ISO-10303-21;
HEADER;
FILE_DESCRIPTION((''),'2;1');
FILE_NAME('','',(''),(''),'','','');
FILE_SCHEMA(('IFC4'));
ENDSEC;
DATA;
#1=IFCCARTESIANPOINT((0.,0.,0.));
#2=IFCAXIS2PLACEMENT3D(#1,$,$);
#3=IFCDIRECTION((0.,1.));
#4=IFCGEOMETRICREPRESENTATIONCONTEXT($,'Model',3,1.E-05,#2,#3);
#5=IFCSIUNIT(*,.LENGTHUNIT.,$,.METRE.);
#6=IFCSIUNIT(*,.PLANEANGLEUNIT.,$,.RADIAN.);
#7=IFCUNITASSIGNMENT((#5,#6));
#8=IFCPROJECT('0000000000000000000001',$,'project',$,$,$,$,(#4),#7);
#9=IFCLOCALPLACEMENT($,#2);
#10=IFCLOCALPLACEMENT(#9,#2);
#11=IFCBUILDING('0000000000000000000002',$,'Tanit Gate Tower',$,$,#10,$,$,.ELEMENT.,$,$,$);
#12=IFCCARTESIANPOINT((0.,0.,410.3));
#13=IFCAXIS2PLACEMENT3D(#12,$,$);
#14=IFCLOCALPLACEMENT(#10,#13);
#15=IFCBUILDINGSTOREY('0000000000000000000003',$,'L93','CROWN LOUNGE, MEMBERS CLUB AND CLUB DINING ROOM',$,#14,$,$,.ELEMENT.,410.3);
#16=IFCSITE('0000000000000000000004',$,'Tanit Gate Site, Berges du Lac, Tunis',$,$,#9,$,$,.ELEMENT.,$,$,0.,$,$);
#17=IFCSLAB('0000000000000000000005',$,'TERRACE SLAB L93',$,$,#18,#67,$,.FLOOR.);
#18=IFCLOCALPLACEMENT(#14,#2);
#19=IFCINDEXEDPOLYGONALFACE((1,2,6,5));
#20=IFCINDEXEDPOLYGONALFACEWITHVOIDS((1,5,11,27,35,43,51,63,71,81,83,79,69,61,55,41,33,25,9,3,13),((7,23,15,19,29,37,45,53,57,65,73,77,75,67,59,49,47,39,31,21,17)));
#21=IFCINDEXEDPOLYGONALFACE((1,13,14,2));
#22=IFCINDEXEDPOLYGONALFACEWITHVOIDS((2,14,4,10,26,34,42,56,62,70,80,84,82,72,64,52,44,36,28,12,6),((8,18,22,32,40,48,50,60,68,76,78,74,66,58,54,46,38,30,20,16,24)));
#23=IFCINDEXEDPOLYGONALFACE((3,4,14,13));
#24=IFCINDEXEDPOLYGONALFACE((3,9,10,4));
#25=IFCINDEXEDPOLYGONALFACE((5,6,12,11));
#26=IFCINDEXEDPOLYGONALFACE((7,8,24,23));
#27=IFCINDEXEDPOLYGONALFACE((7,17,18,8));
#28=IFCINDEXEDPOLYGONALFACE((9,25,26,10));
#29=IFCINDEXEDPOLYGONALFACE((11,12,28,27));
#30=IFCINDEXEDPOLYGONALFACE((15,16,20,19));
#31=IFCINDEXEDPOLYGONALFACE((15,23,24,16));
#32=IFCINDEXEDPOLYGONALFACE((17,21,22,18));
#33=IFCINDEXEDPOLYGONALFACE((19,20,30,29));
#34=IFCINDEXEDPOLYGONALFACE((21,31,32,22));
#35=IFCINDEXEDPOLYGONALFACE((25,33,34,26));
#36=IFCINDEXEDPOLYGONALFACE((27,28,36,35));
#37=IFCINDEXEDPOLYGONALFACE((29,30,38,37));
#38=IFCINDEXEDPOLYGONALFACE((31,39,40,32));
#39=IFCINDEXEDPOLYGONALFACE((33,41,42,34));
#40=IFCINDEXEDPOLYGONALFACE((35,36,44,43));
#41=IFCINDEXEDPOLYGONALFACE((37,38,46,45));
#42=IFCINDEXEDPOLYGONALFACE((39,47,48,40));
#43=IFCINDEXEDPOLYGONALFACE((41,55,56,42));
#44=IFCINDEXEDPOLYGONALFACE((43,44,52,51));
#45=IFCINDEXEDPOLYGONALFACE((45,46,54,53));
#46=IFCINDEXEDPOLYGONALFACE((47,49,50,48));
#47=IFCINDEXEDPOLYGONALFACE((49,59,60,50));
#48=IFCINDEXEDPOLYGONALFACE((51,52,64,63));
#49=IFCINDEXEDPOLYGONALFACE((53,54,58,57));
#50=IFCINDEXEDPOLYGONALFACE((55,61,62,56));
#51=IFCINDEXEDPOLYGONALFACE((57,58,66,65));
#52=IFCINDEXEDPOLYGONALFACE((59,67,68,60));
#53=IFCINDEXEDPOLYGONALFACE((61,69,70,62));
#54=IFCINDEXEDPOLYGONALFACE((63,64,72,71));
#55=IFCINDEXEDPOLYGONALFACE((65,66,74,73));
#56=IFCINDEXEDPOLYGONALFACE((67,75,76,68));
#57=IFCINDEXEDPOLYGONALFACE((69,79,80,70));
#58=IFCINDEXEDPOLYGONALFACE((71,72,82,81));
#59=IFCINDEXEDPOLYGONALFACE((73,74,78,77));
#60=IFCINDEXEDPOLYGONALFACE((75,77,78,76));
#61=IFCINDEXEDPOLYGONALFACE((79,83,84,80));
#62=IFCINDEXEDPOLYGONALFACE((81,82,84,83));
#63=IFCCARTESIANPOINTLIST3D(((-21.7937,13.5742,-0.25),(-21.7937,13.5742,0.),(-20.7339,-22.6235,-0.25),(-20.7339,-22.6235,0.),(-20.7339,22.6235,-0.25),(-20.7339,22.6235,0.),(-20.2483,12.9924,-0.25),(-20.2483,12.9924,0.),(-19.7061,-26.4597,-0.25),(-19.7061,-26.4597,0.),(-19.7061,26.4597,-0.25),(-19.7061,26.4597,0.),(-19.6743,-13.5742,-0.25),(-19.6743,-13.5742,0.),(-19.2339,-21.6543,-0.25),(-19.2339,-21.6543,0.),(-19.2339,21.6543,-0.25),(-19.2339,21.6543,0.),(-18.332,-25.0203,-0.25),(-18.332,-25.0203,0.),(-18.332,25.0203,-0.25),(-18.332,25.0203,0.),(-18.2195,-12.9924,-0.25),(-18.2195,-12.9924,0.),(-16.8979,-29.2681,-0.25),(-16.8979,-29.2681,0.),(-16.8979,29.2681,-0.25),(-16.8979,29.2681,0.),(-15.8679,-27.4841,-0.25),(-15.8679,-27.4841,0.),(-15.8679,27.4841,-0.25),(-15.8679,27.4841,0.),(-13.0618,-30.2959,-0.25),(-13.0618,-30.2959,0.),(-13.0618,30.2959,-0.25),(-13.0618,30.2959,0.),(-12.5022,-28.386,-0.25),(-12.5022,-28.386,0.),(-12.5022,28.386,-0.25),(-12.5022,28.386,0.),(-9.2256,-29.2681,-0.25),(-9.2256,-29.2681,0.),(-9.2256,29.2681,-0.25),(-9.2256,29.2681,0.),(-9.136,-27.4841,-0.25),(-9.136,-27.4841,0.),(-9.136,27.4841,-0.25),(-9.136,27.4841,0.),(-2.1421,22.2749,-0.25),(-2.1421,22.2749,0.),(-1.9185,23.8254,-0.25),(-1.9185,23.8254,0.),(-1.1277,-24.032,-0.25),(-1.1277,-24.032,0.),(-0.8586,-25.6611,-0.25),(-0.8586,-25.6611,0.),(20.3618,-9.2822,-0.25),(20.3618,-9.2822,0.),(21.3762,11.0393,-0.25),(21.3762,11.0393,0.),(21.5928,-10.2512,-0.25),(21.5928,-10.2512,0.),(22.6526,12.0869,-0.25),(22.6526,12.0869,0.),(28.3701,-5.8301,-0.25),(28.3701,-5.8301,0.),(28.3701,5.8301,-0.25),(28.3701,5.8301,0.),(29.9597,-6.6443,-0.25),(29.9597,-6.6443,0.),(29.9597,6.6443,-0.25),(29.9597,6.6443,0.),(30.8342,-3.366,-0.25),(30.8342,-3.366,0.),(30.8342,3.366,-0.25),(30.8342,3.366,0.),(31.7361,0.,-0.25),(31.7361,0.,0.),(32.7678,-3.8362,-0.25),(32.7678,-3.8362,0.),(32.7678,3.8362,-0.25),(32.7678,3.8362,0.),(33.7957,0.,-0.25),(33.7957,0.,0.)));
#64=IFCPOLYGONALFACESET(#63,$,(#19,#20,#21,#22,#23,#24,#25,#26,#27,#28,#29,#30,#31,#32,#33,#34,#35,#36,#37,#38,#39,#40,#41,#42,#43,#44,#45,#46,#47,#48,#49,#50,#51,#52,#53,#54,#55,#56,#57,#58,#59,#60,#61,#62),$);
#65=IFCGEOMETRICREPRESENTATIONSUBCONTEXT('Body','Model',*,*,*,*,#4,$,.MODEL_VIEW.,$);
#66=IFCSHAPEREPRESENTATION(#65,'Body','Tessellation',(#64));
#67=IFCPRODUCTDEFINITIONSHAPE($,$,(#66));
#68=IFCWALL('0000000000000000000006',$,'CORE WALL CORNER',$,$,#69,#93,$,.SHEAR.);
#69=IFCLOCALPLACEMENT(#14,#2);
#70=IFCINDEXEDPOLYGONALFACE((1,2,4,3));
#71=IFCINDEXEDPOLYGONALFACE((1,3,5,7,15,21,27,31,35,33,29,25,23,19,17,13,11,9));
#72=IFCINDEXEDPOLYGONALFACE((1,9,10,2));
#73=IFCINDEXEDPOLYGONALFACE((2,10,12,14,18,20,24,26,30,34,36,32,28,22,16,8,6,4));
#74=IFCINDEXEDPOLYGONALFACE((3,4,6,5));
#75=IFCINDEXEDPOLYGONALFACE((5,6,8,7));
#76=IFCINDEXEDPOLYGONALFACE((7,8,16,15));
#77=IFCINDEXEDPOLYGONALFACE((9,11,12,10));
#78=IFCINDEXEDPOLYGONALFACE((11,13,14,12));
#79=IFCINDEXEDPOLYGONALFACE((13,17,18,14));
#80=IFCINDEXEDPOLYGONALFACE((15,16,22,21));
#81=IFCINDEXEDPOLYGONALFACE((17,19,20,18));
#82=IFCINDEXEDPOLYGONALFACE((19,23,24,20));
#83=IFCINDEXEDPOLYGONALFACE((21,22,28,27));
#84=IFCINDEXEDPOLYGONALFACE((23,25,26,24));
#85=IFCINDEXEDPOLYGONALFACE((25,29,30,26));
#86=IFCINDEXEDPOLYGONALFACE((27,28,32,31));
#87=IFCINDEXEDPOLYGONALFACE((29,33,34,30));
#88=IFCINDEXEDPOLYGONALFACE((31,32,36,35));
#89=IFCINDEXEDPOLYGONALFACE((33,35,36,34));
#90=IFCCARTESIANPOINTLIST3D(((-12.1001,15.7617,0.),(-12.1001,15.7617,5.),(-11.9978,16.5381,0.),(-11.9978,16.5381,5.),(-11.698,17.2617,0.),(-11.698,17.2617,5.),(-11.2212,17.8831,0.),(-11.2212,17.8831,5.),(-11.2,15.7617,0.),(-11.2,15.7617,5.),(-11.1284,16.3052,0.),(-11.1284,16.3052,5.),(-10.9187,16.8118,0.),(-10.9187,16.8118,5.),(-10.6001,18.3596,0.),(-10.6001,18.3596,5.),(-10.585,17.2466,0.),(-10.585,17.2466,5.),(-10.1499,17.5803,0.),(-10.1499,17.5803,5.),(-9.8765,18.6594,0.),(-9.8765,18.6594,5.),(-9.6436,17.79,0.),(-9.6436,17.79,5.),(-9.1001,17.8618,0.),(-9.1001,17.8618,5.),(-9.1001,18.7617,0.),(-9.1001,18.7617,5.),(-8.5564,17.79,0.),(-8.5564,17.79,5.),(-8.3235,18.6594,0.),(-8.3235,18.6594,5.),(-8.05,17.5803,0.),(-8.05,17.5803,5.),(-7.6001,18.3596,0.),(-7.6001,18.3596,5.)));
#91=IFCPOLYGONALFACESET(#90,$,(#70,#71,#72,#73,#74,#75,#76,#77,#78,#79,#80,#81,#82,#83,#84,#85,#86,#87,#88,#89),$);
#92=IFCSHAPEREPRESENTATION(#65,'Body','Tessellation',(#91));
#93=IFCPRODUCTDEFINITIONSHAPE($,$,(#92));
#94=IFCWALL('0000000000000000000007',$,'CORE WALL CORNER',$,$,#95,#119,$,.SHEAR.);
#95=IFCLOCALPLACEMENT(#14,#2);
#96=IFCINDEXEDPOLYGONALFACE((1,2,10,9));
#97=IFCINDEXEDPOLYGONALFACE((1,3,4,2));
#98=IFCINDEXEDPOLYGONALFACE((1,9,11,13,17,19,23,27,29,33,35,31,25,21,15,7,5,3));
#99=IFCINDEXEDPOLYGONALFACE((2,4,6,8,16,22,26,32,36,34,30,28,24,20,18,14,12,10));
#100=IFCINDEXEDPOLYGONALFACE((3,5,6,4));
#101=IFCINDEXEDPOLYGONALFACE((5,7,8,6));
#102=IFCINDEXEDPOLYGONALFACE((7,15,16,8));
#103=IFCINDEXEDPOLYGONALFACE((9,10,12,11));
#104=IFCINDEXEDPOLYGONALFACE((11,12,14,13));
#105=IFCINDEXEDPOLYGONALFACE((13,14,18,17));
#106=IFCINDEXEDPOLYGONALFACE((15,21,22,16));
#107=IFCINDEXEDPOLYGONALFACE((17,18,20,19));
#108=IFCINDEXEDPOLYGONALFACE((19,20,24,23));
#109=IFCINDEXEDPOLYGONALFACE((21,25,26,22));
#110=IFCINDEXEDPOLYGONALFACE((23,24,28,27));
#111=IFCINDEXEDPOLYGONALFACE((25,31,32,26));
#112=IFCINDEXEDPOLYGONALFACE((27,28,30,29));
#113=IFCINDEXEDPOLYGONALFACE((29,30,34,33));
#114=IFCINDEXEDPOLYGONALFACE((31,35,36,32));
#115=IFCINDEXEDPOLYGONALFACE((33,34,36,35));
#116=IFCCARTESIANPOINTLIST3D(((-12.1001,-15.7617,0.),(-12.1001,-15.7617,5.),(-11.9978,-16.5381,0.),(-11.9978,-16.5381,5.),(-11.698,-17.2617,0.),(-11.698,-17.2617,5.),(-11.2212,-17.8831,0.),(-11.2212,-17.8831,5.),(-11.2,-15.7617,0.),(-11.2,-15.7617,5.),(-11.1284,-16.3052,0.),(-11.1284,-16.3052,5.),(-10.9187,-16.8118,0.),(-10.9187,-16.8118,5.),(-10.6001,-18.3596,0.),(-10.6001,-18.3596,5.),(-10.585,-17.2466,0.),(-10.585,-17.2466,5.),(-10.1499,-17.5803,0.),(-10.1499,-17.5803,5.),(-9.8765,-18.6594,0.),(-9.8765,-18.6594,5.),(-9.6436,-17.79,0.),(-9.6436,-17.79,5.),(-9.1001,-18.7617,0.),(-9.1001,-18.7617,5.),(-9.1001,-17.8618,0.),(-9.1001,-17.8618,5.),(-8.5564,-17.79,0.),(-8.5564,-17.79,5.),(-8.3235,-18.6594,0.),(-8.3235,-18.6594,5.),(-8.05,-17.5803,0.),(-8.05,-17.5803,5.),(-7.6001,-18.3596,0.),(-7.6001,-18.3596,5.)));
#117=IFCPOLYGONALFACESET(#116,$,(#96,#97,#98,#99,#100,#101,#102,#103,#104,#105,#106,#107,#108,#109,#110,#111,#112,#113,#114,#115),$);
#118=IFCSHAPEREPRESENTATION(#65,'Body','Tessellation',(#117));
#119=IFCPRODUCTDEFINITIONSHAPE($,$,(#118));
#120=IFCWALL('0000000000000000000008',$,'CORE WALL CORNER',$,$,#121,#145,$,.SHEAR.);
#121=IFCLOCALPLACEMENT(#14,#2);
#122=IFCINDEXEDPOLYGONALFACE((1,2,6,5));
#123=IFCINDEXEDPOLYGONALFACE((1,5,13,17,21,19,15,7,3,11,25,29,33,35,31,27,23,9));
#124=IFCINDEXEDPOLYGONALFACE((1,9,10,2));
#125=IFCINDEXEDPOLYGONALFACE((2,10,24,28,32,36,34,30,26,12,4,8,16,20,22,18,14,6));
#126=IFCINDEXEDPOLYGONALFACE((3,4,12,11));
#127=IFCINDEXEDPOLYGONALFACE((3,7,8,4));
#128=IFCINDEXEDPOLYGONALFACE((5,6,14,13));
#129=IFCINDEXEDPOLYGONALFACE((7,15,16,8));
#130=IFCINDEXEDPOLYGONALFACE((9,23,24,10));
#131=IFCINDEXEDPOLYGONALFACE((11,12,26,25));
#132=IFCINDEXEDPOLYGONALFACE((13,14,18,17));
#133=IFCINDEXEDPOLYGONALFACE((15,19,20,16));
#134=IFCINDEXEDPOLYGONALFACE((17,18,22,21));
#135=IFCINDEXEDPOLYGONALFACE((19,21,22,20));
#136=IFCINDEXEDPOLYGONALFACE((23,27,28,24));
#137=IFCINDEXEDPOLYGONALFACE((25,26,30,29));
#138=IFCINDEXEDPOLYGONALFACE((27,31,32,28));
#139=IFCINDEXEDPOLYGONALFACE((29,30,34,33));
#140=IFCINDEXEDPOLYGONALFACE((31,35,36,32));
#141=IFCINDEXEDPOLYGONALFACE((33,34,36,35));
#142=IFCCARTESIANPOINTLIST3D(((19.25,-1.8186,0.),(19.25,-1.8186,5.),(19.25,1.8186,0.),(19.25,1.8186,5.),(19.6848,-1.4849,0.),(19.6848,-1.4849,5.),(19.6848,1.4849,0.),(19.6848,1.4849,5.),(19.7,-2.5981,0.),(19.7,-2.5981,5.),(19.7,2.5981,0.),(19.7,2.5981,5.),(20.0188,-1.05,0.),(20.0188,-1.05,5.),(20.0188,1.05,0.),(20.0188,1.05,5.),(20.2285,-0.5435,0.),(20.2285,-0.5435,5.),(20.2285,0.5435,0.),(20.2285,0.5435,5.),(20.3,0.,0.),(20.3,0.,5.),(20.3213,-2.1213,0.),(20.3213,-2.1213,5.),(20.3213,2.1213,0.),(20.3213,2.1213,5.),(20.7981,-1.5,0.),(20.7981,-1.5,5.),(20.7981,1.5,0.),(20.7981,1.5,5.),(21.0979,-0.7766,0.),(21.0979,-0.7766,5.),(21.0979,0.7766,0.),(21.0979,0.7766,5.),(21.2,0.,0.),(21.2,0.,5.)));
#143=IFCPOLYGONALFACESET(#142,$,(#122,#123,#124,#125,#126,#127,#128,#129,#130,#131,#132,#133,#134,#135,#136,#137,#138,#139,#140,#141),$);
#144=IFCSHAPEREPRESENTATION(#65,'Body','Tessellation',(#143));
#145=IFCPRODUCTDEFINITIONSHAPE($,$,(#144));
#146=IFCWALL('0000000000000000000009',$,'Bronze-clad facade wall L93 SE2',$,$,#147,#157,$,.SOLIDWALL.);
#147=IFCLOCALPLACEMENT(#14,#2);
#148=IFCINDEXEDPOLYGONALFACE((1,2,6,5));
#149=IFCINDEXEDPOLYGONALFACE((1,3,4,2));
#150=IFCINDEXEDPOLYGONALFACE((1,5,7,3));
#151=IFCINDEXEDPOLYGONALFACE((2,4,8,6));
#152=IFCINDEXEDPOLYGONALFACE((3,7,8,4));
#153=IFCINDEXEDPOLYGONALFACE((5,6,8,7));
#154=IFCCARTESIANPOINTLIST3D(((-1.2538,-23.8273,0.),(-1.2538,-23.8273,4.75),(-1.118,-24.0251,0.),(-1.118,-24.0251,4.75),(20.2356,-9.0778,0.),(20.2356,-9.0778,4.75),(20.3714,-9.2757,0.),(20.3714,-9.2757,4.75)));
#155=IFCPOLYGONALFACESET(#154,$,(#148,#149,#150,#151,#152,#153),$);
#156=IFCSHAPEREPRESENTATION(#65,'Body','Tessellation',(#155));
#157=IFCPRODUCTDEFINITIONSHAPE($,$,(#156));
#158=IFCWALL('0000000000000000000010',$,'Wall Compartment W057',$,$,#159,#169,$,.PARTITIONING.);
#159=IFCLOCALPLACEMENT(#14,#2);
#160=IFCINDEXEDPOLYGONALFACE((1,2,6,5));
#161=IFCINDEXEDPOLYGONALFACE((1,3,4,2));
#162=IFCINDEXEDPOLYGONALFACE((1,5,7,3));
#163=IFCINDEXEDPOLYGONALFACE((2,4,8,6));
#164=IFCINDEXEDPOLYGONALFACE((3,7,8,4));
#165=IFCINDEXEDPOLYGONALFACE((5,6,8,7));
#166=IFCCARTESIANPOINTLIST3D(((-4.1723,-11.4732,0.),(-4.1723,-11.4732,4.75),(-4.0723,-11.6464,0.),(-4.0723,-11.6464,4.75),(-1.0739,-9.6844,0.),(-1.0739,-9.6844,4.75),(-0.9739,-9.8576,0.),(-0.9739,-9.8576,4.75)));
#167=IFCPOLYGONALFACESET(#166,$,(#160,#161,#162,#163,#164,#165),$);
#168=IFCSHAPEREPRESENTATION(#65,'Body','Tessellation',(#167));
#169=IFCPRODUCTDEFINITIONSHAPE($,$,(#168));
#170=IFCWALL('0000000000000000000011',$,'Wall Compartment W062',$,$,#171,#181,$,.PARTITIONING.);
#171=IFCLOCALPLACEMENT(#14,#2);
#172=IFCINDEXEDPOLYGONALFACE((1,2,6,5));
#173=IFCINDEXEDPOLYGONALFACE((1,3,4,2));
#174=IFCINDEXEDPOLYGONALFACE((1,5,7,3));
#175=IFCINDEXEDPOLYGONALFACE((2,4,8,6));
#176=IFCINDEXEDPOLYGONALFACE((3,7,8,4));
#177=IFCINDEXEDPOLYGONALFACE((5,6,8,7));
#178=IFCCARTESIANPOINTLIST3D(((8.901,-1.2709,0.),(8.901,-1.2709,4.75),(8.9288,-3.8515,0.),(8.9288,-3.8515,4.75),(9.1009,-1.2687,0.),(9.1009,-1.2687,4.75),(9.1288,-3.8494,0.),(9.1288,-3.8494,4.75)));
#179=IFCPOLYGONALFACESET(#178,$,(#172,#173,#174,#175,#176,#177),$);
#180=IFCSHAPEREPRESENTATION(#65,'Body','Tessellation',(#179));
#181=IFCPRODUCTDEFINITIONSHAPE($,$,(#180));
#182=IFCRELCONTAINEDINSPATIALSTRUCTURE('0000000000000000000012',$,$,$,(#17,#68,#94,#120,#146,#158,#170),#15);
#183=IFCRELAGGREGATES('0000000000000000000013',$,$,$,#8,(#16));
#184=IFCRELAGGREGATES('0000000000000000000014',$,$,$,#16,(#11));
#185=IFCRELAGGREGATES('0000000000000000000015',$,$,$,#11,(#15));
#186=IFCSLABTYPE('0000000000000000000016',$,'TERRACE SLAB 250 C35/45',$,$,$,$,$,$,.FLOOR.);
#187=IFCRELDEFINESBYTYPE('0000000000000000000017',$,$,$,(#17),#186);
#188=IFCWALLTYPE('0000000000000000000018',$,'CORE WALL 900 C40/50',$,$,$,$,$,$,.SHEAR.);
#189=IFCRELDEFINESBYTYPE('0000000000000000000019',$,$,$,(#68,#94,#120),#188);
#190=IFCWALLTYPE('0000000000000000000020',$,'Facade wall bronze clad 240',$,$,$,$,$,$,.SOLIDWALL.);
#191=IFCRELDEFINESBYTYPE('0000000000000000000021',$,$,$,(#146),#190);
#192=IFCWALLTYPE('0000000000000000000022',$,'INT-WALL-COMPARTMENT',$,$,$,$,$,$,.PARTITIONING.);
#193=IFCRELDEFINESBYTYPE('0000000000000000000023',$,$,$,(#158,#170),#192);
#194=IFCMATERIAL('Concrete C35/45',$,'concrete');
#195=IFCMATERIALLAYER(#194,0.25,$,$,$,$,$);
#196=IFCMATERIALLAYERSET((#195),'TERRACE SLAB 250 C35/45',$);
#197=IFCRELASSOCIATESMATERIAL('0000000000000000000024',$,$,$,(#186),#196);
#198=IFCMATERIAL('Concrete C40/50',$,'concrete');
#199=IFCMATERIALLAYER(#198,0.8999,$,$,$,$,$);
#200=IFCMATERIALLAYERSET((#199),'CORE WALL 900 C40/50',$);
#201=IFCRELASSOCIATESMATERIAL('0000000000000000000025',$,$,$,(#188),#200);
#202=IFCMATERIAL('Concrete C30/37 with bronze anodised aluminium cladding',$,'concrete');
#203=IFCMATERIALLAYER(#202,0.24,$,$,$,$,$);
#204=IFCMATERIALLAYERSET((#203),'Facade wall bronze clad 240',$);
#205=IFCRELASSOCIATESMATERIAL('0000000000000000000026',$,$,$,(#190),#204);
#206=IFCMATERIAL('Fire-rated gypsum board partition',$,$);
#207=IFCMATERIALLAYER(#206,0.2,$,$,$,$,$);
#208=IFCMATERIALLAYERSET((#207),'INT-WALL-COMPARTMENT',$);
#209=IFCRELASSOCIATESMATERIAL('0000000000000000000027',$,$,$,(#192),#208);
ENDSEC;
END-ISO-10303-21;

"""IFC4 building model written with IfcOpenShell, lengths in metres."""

from ifc_helpers import new_model, si_unit, direction, frame, frame_2d, origin, place, context, subcontext, project, spatial, polyline, rectangle, outline, extrude, material, layer, layer_set, type_object, element, save


model = new_model("IFC4")

# Units and contexts
model_context = context("Model", 3, precision=1e-05, world=origin(), true_north=direction((0.0, 1.0)))
body_context = subcontext(model_context, "Body", "Model", "MODEL_VIEW")
ifc_project = project(units=[si_unit("LENGTHUNIT", "METRE"), si_unit("PLANEANGLEUNIT", "RADIAN")], contexts=[model_context])

# Site, building, storey
site_placement = place(None, origin())
site = spatial("IfcSite", under=ifc_project, at=site_placement, Name="Tanit Gate Site, Berges du Lac, Tunis", CompositionType="ELEMENT", RefElevation=0.0)
building_placement = place(site_placement, origin())
building = spatial("IfcBuilding", under=site, at=building_placement, Name="Tanit Gate Tower", CompositionType="ELEMENT")
storey_placement = place(building_placement, frame((0.0, 0.0, 410.3)))
storey = spatial("IfcBuildingStorey", under=building, at=storey_placement, Name="L93", Description="CROWN LOUNGE, MEMBERS CLUB AND CLUB DINING ROOM", CompositionType="ELEMENT", Elevation=410.3)

# Slab
ifc_material_1 = material(Name="Concrete C35/45", Category="concrete")
ifc_layer_1 = layer(ifc_material_1, 0.25)
ifc_layer_set_1 = layer_set([ifc_layer_1], Name="TERRACE SLAB 250 C35/45")
slab_type_1 = type_object("IfcSlabType", Name="TERRACE SLAB 250 C35/45", PredefinedType="FLOOR", material=ifc_layer_set_1)
slab_1_placement = place(storey_placement, frame((0.0, 0.0, -0.25)))
element("IfcSlab", 1, at=slab_1_placement, inside=storey, type_object=slab_type_1, Name="TERRACE SLAB L93", PredefinedType="FLOOR", context=body_context, shape_type="SweptSolid", body=[
    extrude(outline(polyline([(32.7678, 3.8362), (33.7957, 0.0), (32.7678, -3.8362), (29.9597, -6.6443), (21.5928, -10.2512), (-0.8586, -25.6611), (-9.2256, -29.2681), (-13.0618, -30.2959), (-16.8979, -29.2681), (-19.7061, -26.4597), (-20.7339, -22.6235), (-19.6743, -13.5742), (-21.7937, 13.5742), (-20.7339, 22.6235), (-19.7061, 26.4597), (-16.8979, 29.2681), (-13.0618, 30.2959), (-9.2256, 29.2681), (-1.9185, 23.8254), (22.6526, 12.0869), (29.9597, 6.6443), (32.7678, 3.8362)]), holes=[polyline([(21.3762, 11.0393), (-2.1421, 22.2749), (-9.136, 27.4841), (-12.5022, 28.386), (-15.8679, 27.4841), (-18.332, 25.0203), (-19.2339, 21.6543), (-20.2483, 12.9924), (-18.2195, -12.9924), (-19.2339, -21.6543), (-18.332, -25.0203), (-15.8679, -27.4841), (-12.5022, -28.386), (-9.136, -27.4841), (-1.1277, -24.032), (20.3618, -9.2822), (28.3701, -5.8301), (30.8342, -3.366), (31.7361, 0.0), (30.8342, 3.366), (28.3701, 5.8301), (21.3762, 11.0393)])]), origin(), (0.0, 0.0, 1.0), 0.25),
])

# Walls
ifc_material_2 = material(Name="Concrete C40/50", Category="concrete")
ifc_layer_2 = layer(ifc_material_2, 0.8999)
ifc_layer_set_2 = layer_set([ifc_layer_2], Name="CORE WALL 900 C40/50")
wall_type_1 = type_object("IfcWallType", Name="CORE WALL 900 C40/50", PredefinedType="SHEAR", material=ifc_layer_set_2)
wall_1_placement = place(storey_placement, origin())
element("IfcWall", 2, at=wall_1_placement, inside=storey, type_object=wall_type_1, Name="CORE WALL CORNER", PredefinedType="SHEAR", context=body_context, shape_type="SweptSolid", body=[
    extrude(outline(polyline([(-7.6001, 18.3596), (-8.3235, 18.6594), (-9.1001, 18.7617), (-9.8765, 18.6594), (-10.6001, 18.3596), (-11.2212, 17.8831), (-11.698, 17.2617), (-11.9978, 16.5381), (-12.1001, 15.7617), (-11.2, 15.7617), (-11.1284, 16.3052), (-10.9187, 16.8118), (-10.585, 17.2466), (-10.1499, 17.5803), (-9.6436, 17.79), (-9.1001, 17.8618), (-8.5564, 17.79), (-8.05, 17.5803), (-7.6001, 18.3596)])), origin(), (0.0, 0.0, 1.0), 5.0),
])
wall_2_placement = place(storey_placement, origin())
element("IfcWall", 3, at=wall_2_placement, inside=storey, type_object=wall_type_1, Name="CORE WALL CORNER", PredefinedType="SHEAR", context=body_context, shape_type="SweptSolid", body=[
    extrude(outline(polyline([(-12.1001, -15.7617), (-11.9978, -16.5381), (-11.698, -17.2617), (-11.2212, -17.8831), (-10.6001, -18.3596), (-9.8765, -18.6594), (-9.1001, -18.7617), (-8.3235, -18.6594), (-7.6001, -18.3596), (-8.05, -17.5803), (-8.5564, -17.79), (-9.1001, -17.8618), (-9.6436, -17.79), (-10.1499, -17.5803), (-10.585, -17.2466), (-10.9187, -16.8118), (-11.1284, -16.3052), (-11.2, -15.7617), (-12.1001, -15.7617)])), origin(), (0.0, 0.0, 1.0), 5.0),
])
wall_3_placement = place(storey_placement, origin())
element("IfcWall", 4, at=wall_3_placement, inside=storey, type_object=wall_type_1, Name="CORE WALL CORNER", PredefinedType="SHEAR", context=body_context, shape_type="SweptSolid", body=[
    extrude(outline(polyline([(19.7, -2.5981), (20.3213, -2.1213), (20.7981, -1.5), (21.0979, -0.7766), (21.2, 0.0), (21.0979, 0.7766), (20.7981, 1.5), (20.3213, 2.1213), (19.7, 2.5981), (19.25, 1.8186), (19.6848, 1.4849), (20.0188, 1.05), (20.2285, 0.5435), (20.3, 0.0), (20.2285, -0.5435), (20.0188, -1.05), (19.6848, -1.4849), (19.25, -1.8186), (19.7, -2.5981)])), origin(), (0.0, 0.0, 1.0), 5.0),
])
ifc_material_3 = material(Name="Concrete C30/37 with bronze anodised aluminium cladding", Category="concrete")
ifc_layer_3 = layer(ifc_material_3, 0.24)
ifc_layer_set_3 = layer_set([ifc_layer_3], Name="Facade wall bronze clad 240")
wall_type_2 = type_object("IfcWallType", Name="Facade wall bronze clad 240", PredefinedType="SOLIDWALL", material=ifc_layer_set_3)
wall_4_placement = place(storey_placement, frame((-1.186, -23.9263, 0.0), z_axis=(0.0, 0.0, 1.0), x_axis=(0.824481, 0.56589, 0.0)))
element("IfcWall", 5, at=wall_4_placement, inside=storey, type_object=wall_type_2, Name="Bronze-clad facade wall L93 SE2", PredefinedType="SOLIDWALL", context=body_context, shape_type="SweptSolid", body=[
    extrude(rectangle(XDim=26.0642, YDim=0.24, at=frame_2d((13.0322, 0.0))), origin(), (0.0, 0.0, 1.0), 4.75),
])
ifc_material_4 = material(Name="Fire-rated gypsum board partition")
ifc_layer_4 = layer(ifc_material_4, 0.2)
ifc_layer_set_4 = layer_set([ifc_layer_4], Name="INT-WALL-COMPARTMENT")
wall_type_3 = type_object("IfcWallType", Name="INT-WALL-COMPARTMENT", PredefinedType="PARTITIONING", material=ifc_layer_set_4)
wall_5_placement = place(storey_placement, frame((-1.0239, -9.771, 0.0), z_axis=(0.0, 0.0, 1.0), x_axis=(-0.86603, -0.499992, 0.0)))
element("IfcWall", 6, at=wall_5_placement, inside=storey, type_object=wall_type_3, Name="Wall Compartment W057", PredefinedType="PARTITIONING", context=body_context, shape_type="SweptSolid", body=[
    extrude(rectangle(XDim=3.5776, YDim=0.2, at=frame_2d((1.7888, 0.0))), origin(), (0.0, 0.0, 1.0), 4.75),
])
wall_6_placement = place(storey_placement, frame((9.0288, -3.8506, 0.0), z_axis=(0.0, 0.0, 1.0), x_axis=(-0.010785, 0.999942, 0.0)))
element("IfcWall", 7, at=wall_6_placement, inside=storey, type_object=wall_type_3, Name="Wall Compartment W062", PredefinedType="PARTITIONING", context=body_context, shape_type="SweptSolid", body=[
    extrude(rectangle(XDim=2.5808, YDim=0.2, at=frame_2d((1.2905, 0.0))), origin(), (0.0, 0.0, 1.0), 4.75),
])

save(model, "model.ifc")
